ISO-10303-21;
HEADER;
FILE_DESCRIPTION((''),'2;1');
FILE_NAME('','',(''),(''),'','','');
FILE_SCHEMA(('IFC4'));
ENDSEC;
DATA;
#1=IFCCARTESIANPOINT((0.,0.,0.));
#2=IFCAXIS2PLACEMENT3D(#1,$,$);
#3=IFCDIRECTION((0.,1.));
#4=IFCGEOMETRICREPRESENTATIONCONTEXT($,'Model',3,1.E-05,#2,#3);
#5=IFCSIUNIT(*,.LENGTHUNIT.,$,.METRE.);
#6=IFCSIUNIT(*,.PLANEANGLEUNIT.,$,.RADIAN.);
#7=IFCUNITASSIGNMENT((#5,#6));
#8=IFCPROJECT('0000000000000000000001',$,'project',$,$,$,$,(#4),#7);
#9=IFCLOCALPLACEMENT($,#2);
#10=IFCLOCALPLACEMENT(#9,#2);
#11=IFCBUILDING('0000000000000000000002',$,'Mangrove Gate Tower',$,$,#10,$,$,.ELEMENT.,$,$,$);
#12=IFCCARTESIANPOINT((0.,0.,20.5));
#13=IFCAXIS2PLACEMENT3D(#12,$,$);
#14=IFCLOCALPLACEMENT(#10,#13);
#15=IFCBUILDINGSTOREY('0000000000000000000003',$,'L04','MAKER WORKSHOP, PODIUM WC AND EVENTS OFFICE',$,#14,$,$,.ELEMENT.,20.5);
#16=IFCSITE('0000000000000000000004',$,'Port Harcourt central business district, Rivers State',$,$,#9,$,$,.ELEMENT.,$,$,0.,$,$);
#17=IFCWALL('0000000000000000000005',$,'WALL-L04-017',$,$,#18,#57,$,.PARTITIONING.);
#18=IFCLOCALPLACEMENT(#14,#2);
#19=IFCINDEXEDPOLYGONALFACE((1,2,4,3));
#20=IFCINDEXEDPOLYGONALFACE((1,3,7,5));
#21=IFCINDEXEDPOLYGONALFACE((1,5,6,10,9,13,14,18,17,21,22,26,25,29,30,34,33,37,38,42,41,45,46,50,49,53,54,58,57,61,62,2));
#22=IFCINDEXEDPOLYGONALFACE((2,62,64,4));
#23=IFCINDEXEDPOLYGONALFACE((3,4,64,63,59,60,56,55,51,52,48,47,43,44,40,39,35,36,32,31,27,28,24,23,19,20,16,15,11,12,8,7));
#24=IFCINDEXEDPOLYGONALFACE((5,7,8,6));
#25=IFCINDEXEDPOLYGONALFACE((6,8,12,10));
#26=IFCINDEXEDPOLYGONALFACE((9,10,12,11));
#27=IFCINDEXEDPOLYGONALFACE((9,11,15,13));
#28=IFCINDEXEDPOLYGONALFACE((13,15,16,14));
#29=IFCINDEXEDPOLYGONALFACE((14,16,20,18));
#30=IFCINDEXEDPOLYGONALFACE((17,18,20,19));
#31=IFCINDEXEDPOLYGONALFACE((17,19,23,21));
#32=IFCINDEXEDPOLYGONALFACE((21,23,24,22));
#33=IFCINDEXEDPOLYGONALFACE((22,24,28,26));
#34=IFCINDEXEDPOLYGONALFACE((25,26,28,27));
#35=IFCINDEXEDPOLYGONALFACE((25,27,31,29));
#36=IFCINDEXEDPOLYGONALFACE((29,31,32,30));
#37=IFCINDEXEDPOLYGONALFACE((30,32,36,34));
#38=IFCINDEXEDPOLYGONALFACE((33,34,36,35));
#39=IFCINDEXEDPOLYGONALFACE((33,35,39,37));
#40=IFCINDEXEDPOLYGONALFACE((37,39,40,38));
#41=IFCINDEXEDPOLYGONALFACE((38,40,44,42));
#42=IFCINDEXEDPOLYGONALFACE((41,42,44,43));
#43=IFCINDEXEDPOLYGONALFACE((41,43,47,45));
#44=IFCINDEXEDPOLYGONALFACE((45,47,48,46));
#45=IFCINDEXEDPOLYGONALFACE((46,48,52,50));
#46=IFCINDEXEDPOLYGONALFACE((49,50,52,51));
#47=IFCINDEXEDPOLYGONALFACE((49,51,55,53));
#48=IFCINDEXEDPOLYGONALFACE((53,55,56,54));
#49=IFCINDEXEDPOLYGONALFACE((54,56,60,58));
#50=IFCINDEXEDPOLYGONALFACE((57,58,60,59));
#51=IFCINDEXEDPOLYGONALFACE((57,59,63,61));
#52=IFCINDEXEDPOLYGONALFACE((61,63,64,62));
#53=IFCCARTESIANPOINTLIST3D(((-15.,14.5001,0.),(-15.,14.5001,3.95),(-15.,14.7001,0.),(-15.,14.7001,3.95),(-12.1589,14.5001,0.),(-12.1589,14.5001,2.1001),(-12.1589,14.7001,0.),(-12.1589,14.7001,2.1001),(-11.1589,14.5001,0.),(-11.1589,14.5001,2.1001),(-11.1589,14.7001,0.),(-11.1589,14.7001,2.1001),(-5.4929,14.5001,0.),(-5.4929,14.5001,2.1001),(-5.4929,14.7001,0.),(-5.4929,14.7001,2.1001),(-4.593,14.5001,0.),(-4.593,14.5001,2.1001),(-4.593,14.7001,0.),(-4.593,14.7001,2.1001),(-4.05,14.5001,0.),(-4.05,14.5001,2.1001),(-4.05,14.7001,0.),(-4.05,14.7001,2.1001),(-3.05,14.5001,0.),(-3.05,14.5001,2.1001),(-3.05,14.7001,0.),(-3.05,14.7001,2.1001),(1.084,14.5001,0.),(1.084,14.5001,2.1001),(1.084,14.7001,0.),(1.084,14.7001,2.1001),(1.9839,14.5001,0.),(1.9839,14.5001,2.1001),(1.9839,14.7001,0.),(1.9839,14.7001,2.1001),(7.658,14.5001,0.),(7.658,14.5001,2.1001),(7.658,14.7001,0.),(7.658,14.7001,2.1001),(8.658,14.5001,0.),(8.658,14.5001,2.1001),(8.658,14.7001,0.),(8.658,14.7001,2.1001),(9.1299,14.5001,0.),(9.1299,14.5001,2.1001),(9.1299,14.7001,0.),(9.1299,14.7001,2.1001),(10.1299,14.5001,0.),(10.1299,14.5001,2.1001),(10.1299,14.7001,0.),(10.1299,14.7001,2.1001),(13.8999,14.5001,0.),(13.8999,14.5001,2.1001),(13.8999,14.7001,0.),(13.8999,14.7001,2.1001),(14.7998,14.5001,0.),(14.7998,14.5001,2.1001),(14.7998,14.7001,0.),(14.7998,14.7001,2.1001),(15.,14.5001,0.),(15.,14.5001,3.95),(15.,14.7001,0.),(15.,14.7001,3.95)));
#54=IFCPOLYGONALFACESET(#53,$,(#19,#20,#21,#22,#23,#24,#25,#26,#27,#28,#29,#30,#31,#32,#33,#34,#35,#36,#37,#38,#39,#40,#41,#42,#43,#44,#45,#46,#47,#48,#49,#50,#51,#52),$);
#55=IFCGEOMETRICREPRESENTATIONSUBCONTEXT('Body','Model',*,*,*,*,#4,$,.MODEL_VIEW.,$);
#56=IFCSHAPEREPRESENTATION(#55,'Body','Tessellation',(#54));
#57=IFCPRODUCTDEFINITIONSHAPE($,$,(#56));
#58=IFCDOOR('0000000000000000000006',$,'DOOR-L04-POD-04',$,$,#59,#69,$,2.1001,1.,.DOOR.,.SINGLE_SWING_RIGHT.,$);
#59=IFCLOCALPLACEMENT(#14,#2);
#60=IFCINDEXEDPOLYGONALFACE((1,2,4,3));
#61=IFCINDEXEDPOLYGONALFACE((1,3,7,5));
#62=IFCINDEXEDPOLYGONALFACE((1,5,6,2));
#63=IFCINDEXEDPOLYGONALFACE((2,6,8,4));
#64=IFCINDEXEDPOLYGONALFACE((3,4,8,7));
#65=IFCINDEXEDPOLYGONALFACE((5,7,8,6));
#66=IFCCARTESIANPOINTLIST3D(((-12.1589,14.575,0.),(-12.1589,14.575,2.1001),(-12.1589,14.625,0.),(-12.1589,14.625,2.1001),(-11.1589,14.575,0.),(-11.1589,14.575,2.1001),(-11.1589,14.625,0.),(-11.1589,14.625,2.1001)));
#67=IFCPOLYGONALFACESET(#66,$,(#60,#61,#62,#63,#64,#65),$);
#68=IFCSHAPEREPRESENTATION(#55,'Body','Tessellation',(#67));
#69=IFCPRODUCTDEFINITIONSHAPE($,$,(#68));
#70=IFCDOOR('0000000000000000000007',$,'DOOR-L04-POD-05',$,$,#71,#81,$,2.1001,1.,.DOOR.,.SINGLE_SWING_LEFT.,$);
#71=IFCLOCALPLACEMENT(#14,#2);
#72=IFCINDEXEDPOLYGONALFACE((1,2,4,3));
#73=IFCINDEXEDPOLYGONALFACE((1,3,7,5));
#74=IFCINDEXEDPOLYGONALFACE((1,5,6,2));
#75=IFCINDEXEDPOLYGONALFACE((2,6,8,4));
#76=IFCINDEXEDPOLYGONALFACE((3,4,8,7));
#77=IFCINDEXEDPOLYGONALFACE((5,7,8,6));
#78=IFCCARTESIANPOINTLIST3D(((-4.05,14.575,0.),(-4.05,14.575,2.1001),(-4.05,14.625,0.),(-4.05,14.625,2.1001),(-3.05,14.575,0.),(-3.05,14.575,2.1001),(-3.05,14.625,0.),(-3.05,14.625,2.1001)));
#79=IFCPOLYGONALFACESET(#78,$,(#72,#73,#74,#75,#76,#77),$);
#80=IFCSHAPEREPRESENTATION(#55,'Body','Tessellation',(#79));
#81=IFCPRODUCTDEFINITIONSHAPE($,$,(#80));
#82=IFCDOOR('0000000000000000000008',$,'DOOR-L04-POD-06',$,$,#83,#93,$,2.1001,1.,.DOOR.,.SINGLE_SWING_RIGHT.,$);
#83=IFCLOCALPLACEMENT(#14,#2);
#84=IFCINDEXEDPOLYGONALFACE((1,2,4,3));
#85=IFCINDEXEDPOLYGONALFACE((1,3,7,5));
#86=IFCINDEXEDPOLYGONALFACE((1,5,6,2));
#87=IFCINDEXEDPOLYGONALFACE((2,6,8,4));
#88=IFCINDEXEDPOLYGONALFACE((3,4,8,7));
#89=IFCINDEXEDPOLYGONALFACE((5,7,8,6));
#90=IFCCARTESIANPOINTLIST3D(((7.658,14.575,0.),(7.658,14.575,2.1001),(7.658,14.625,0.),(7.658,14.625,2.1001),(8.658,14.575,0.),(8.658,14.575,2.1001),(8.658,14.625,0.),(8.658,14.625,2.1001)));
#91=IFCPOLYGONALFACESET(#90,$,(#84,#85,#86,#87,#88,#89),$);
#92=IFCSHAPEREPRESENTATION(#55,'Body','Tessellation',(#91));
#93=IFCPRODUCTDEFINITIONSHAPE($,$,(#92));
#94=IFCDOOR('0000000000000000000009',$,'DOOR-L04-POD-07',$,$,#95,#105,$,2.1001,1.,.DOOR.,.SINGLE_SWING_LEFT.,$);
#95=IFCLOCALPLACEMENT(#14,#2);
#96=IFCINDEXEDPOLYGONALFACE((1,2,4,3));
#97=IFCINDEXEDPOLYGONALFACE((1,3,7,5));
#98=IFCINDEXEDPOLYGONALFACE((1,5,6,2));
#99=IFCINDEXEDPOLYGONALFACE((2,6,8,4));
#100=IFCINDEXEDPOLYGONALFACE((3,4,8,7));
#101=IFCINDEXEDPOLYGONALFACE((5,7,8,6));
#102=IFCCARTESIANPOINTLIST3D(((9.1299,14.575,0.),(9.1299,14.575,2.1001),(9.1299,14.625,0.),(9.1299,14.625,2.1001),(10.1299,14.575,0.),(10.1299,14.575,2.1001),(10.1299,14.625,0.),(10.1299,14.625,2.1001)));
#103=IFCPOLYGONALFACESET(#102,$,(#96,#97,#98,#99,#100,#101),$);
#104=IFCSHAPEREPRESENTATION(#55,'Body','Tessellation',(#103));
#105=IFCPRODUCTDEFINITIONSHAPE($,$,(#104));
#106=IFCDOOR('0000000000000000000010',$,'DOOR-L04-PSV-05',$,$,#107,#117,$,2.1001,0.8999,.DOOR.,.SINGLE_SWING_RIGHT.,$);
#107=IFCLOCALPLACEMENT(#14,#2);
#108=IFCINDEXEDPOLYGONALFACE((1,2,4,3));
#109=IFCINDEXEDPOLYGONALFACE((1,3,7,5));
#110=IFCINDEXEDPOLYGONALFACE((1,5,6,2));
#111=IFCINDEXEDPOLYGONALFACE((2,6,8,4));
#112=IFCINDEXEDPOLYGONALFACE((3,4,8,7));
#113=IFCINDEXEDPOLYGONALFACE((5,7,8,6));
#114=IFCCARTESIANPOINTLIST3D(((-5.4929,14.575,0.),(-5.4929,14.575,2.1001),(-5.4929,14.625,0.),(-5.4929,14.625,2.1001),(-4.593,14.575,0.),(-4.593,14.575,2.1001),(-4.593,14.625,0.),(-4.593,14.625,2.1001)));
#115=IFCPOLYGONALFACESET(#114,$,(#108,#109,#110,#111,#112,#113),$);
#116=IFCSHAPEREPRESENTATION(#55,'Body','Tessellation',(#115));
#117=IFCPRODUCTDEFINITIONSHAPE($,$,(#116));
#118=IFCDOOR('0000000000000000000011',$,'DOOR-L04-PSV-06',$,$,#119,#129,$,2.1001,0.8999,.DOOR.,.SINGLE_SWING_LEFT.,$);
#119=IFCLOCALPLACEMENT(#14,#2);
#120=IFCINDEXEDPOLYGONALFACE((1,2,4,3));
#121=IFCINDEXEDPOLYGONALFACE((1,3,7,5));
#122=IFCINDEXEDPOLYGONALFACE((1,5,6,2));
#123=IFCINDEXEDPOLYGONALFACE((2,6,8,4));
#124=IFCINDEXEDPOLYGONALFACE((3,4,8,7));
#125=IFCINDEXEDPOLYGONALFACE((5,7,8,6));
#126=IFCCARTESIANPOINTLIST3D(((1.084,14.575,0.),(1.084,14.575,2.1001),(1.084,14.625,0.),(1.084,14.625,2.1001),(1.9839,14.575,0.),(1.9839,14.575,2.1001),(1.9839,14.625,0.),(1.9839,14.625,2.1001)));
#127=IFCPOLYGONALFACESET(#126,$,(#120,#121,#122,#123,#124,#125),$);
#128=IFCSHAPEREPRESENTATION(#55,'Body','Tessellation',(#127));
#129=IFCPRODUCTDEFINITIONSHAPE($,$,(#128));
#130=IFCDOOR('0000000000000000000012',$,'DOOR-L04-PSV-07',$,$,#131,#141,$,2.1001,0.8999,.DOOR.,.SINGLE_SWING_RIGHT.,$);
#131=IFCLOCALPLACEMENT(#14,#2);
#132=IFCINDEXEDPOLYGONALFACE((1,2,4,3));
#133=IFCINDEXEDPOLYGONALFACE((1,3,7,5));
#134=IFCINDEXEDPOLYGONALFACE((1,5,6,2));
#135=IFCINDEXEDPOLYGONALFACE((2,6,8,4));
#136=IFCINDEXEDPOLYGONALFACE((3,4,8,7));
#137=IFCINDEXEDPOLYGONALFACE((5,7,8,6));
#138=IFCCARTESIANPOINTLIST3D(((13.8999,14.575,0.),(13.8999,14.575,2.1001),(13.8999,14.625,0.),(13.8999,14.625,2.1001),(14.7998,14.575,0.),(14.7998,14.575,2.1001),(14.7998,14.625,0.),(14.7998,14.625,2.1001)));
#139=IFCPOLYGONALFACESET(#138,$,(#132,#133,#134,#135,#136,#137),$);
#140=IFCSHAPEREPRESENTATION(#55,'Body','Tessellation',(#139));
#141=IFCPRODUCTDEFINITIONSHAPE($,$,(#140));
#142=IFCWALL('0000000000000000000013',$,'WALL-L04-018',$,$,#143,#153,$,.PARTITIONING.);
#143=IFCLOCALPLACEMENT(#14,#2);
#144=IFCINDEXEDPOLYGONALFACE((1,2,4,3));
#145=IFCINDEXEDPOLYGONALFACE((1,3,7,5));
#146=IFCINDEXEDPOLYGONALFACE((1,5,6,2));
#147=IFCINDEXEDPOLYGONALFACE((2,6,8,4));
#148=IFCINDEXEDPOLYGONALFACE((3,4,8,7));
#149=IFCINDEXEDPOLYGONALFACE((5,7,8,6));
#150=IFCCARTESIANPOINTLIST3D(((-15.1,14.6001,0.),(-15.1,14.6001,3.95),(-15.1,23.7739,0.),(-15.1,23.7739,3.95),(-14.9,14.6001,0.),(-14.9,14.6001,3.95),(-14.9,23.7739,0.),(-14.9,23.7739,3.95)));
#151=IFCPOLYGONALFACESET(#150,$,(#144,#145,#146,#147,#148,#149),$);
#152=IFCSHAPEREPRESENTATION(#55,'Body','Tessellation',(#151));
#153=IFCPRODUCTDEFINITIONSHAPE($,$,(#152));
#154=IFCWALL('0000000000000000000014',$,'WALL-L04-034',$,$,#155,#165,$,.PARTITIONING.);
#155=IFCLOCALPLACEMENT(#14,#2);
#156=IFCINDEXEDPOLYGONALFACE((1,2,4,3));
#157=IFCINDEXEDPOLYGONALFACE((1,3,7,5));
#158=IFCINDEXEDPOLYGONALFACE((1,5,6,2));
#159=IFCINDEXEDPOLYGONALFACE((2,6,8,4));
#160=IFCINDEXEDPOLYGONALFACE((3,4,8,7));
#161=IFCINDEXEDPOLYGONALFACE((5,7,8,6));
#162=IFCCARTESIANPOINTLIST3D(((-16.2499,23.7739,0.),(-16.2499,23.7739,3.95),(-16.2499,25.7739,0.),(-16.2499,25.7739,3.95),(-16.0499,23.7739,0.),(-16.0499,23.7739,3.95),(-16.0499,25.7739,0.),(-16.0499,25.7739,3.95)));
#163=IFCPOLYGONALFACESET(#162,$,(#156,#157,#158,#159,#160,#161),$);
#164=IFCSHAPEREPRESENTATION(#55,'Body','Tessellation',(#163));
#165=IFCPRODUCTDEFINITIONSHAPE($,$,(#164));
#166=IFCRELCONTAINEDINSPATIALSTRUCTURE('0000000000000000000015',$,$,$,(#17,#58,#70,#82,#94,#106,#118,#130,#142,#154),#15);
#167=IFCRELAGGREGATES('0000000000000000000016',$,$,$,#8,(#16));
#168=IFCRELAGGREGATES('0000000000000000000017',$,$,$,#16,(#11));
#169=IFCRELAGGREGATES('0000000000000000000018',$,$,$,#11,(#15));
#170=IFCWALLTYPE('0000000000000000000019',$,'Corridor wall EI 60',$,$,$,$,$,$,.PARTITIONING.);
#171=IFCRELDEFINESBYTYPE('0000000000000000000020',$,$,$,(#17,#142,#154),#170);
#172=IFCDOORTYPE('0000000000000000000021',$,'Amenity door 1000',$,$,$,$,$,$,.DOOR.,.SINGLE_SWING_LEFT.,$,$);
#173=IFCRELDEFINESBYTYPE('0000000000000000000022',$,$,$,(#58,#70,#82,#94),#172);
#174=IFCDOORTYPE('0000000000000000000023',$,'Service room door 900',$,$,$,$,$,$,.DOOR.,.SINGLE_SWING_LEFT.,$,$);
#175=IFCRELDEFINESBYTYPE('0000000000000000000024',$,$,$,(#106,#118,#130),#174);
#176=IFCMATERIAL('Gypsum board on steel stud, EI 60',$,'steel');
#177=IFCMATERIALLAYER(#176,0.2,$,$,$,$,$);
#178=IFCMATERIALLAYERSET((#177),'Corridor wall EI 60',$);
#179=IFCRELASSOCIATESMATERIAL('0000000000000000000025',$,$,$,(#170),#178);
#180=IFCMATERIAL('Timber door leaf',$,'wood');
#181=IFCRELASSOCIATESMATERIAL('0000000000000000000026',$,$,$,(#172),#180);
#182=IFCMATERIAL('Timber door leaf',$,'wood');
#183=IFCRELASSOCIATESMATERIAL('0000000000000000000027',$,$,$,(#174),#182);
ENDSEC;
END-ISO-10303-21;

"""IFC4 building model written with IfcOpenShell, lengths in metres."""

from ifc_helpers import new_model, si_unit, direction, frame, frame_2d, origin, place, context, subcontext, project, spatial, rectangle, extrude, material, layer, layer_set, type_object, element, fill, save


model = new_model("IFC4")

# Units and contexts
model_context = context("Model", 3, precision=1e-05, world=origin(), true_north=direction((0.0, 1.0)))
body_context = subcontext(model_context, "Body", "Model", "MODEL_VIEW")
ifc_project = project(units=[si_unit("LENGTHUNIT", "METRE"), si_unit("PLANEANGLEUNIT", "RADIAN")], contexts=[model_context])

# Site, building, storey
site_placement = place(None, origin())
site = spatial("IfcSite", under=ifc_project, at=site_placement, Name="Port Harcourt central business district, Rivers State", CompositionType="ELEMENT", RefElevation=0.0)
building_placement = place(site_placement, origin())
building = spatial("IfcBuilding", under=site, at=building_placement, Name="Mangrove Gate Tower", CompositionType="ELEMENT")
storey_placement = place(building_placement, frame((0.0, 0.0, 20.5)))
storey = spatial("IfcBuildingStorey", under=building, at=storey_placement, Name="L04", Description="MAKER WORKSHOP, PODIUM WC AND EVENTS OFFICE", CompositionType="ELEMENT", Elevation=20.5)

# Wall, openings, doors
ifc_material_1 = material(Name="Gypsum board on steel stud, EI 60", Category="steel")
ifc_layer_1 = layer(ifc_material_1, 0.2)
ifc_layer_set_1 = layer_set([ifc_layer_1], Name="Corridor wall EI 60")
wall_type_1 = type_object("IfcWallType", Name="Corridor wall EI 60", PredefinedType="PARTITIONING", material=ifc_layer_set_1)
wall_1_placement = place(storey_placement, frame((-15.0, 14.6001, 0.0), z_axis=(0.0, 0.0, 1.0), x_axis=(1.0, 0.0, 0.0)))
wall_1 = element("IfcWall", 1, at=wall_1_placement, inside=storey, type_object=wall_type_1, Name="WALL-L04-017", PredefinedType="PARTITIONING", context=body_context, shape_type="SweptSolid", body=[
    extrude(rectangle(XDim=30.0, YDim=0.2, at=frame_2d((15.0, 0.0))), origin(), (0.0, 0.0, 1.0), 3.95),
])
opening_1_placement = place(wall_1_placement, frame((2.8411, 0.0, 0.0)))
opening_1 = element("IfcOpeningElement", 2, at=opening_1_placement, cuts=wall_1, PredefinedType="OPENING", context=body_context, shape_type="SweptSolid", body=[
    extrude(rectangle(XDim=1.0, YDim=2.1001, at=frame_2d((0.5, 1.05))), frame((0.0, 0.1099, 0.0), z_axis=(0.0, -1.0, 0.0), x_axis=(1.0, 0.0, 0.0)), (0.0, 0.0, 1.0), 0.22),
])
opening_2_placement = place(wall_1_placement, frame((10.95, 0.0, 0.0)))
opening_2 = element("IfcOpeningElement", 3, at=opening_2_placement, cuts=wall_1, PredefinedType="OPENING", context=body_context, shape_type="SweptSolid", body=[
    extrude(rectangle(XDim=1.0, YDim=2.1001, at=frame_2d((0.5, 1.05))), frame((0.0, 0.1099, 0.0), z_axis=(0.0, -1.0, 0.0), x_axis=(1.0, 0.0, 0.0)), (0.0, 0.0, 1.0), 0.22),
])
opening_3_placement = place(wall_1_placement, frame((9.5071, 0.0, 0.0)))
opening_3 = element("IfcOpeningElement", 4, at=opening_3_placement, cuts=wall_1, PredefinedType="OPENING", context=body_context, shape_type="SweptSolid", body=[
    extrude(rectangle(XDim=0.8999, YDim=2.1001, at=frame_2d((0.45, 1.05))), frame((0.0, 0.1099, 0.0), z_axis=(0.0, -1.0, 0.0), x_axis=(1.0, 0.0, 0.0)), (0.0, 0.0, 1.0), 0.22),
])
opening_4_placement = place(wall_1_placement, frame((22.658, 0.0, 0.0)))
opening_4 = element("IfcOpeningElement", 5, at=opening_4_placement, cuts=wall_1, PredefinedType="OPENING", context=body_context, shape_type="SweptSolid", body=[
    extrude(rectangle(XDim=1.0, YDim=2.1001, at=frame_2d((0.5, 1.05))), frame((0.0, 0.1099, 0.0), z_axis=(0.0, -1.0, 0.0), x_axis=(1.0, 0.0, 0.0)), (0.0, 0.0, 1.0), 0.22),
])
opening_5_placement = place(wall_1_placement, frame((16.084, 0.0, 0.0)))
opening_5 = element("IfcOpeningElement", 6, at=opening_5_placement, cuts=wall_1, PredefinedType="OPENING", context=body_context, shape_type="SweptSolid", body=[
    extrude(rectangle(XDim=0.8999, YDim=2.1001, at=frame_2d((0.45, 1.05))), frame((0.0, 0.1099, 0.0), z_axis=(0.0, -1.0, 0.0), x_axis=(1.0, 0.0, 0.0)), (0.0, 0.0, 1.0), 0.22),
])
opening_6_placement = place(wall_1_placement, frame((24.1299, 0.0, 0.0)))
opening_6 = element("IfcOpeningElement", 7, at=opening_6_placement, cuts=wall_1, PredefinedType="OPENING", context=body_context, shape_type="SweptSolid", body=[
    extrude(rectangle(XDim=1.0, YDim=2.1001, at=frame_2d((0.5, 1.05))), frame((0.0, 0.1099, 0.0), z_axis=(0.0, -1.0, 0.0), x_axis=(1.0, 0.0, 0.0)), (0.0, 0.0, 1.0), 0.22),
])
opening_7_placement = place(wall_1_placement, frame((28.8999, 0.0, 0.0)))
opening_7 = element("IfcOpeningElement", 8, at=opening_7_placement, cuts=wall_1, PredefinedType="OPENING", context=body_context, shape_type="SweptSolid", body=[
    extrude(rectangle(XDim=0.8999, YDim=2.1001, at=frame_2d((0.45, 1.05))), frame((0.0, 0.1099, 0.0), z_axis=(0.0, -1.0, 0.0), x_axis=(1.0, 0.0, 0.0)), (0.0, 0.0, 1.0), 0.22),
])
ifc_material_2 = material(Name="Timber door leaf", Category="wood")
door_type_1 = type_object("IfcDoorType", Name="Amenity door 1000", OperationType="SINGLE_SWING_LEFT", PredefinedType="DOOR", material=ifc_material_2)
door_1_placement = place(opening_1_placement, origin())
door_1 = element("IfcDoor", 9, at=door_1_placement, inside=storey, type_object=door_type_1, Name="DOOR-L04-POD-04", OperationType="SINGLE_SWING_RIGHT", OverallHeight=2.1001, OverallWidth=1.0, PredefinedType="DOOR", context=body_context, shape_type="SweptSolid", body=[
    extrude(rectangle(XDim=1.0, YDim=2.1001, at=frame_2d((0.5, 1.05))), frame((0.0, 0.0249, 0.0), z_axis=(0.0, -1.0, 0.0), x_axis=(1.0, 0.0, 0.0)), (0.0, 0.0, 1.0), 0.05),
])
fill(opening_1, door_1)
door_2_placement = place(opening_2_placement, origin())
door_2 = element("IfcDoor", 10, at=door_2_placement, inside=storey, type_object=door_type_1, Name="DOOR-L04-POD-05", OperationType="SINGLE_SWING_LEFT", OverallHeight=2.1001, OverallWidth=1.0, PredefinedType="DOOR", context=body_context, shape_type="SweptSolid", body=[
    extrude(rectangle(XDim=1.0, YDim=2.1001, at=frame_2d((0.5, 1.05))), frame((0.0, 0.0249, 0.0), z_axis=(0.0, -1.0, 0.0), x_axis=(1.0, 0.0, 0.0)), (0.0, 0.0, 1.0), 0.05),
])
fill(opening_2, door_2)
door_3_placement = place(opening_4_placement, origin())
door_3 = element("IfcDoor", 11, at=door_3_placement, inside=storey, type_object=door_type_1, Name="DOOR-L04-POD-06", OperationType="SINGLE_SWING_RIGHT", OverallHeight=2.1001, OverallWidth=1.0, PredefinedType="DOOR", context=body_context, shape_type="SweptSolid", body=[
    extrude(rectangle(XDim=1.0, YDim=2.1001, at=frame_2d((0.5, 1.05))), frame((0.0, 0.0249, 0.0), z_axis=(0.0, -1.0, 0.0), x_axis=(1.0, 0.0, 0.0)), (0.0, 0.0, 1.0), 0.05),
])
fill(opening_4, door_3)
door_4_placement = place(opening_6_placement, origin())
door_4 = element("IfcDoor", 12, at=door_4_placement, inside=storey, type_object=door_type_1, Name="DOOR-L04-POD-07", OperationType="SINGLE_SWING_LEFT", OverallHeight=2.1001, OverallWidth=1.0, PredefinedType="DOOR", context=body_context, shape_type="SweptSolid", body=[
    extrude(rectangle(XDim=1.0, YDim=2.1001, at=frame_2d((0.5, 1.05))), frame((0.0, 0.0249, 0.0), z_axis=(0.0, -1.0, 0.0), x_axis=(1.0, 0.0, 0.0)), (0.0, 0.0, 1.0), 0.05),
])
fill(opening_6, door_4)
ifc_material_3 = material(Name="Timber door leaf", Category="wood")
door_type_2 = type_object("IfcDoorType", Name="Service room door 900", OperationType="SINGLE_SWING_LEFT", PredefinedType="DOOR", material=ifc_material_3)
door_5_placement = place(opening_3_placement, origin())
door_5 = element("IfcDoor", 13, at=door_5_placement, inside=storey, type_object=door_type_2, Name="DOOR-L04-PSV-05", OperationType="SINGLE_SWING_RIGHT", OverallHeight=2.1001, OverallWidth=0.8999, PredefinedType="DOOR", context=body_context, shape_type="SweptSolid", body=[
    extrude(rectangle(XDim=0.8999, YDim=2.1001, at=frame_2d((0.45, 1.05))), frame((0.0, 0.0249, 0.0), z_axis=(0.0, -1.0, 0.0), x_axis=(1.0, 0.0, 0.0)), (0.0, 0.0, 1.0), 0.05),
])
fill(opening_3, door_5)
door_6_placement = place(opening_5_placement, origin())
door_6 = element("IfcDoor", 14, at=door_6_placement, inside=storey, type_object=door_type_2, Name="DOOR-L04-PSV-06", OperationType="SINGLE_SWING_LEFT", OverallHeight=2.1001, OverallWidth=0.8999, PredefinedType="DOOR", context=body_context, shape_type="SweptSolid", body=[
    extrude(rectangle(XDim=0.8999, YDim=2.1001, at=frame_2d((0.45, 1.05))), frame((0.0, 0.0249, 0.0), z_axis=(0.0, -1.0, 0.0), x_axis=(1.0, 0.0, 0.0)), (0.0, 0.0, 1.0), 0.05),
])
fill(opening_5, door_6)
door_7_placement = place(opening_7_placement, origin())
door_7 = element("IfcDoor", 15, at=door_7_placement, inside=storey, type_object=door_type_2, Name="DOOR-L04-PSV-07", OperationType="SINGLE_SWING_RIGHT", OverallHeight=2.1001, OverallWidth=0.8999, PredefinedType="DOOR", context=body_context, shape_type="SweptSolid", body=[
    extrude(rectangle(XDim=0.8999, YDim=2.1001, at=frame_2d((0.45, 1.05))), frame((0.0, 0.0249, 0.0), z_axis=(0.0, -1.0, 0.0), x_axis=(1.0, 0.0, 0.0)), (0.0, 0.0, 1.0), 0.05),
])
fill(opening_7, door_7)

# Walls
wall_2_placement = place(storey_placement, frame((-15.0, 14.6001, 0.0), z_axis=(0.0, 0.0, 1.0), x_axis=(0.0, 1.0, 0.0)))
element("IfcWall", 16, at=wall_2_placement, inside=storey, type_object=wall_type_1, Name="WALL-L04-018", PredefinedType="PARTITIONING", context=body_context, shape_type="SweptSolid", body=[
    extrude(rectangle(XDim=9.1738, YDim=0.2, at=frame_2d((4.5869, 0.0))), origin(), (0.0, 0.0, 1.0), 3.95),
])
wall_3_placement = place(storey_placement, frame((-16.1499, 23.7739, 0.0), z_axis=(0.0, 0.0, 1.0), x_axis=(0.0, 1.0, 0.0)))
element("IfcWall", 17, at=wall_3_placement, inside=storey, type_object=wall_type_1, Name="WALL-L04-034", PredefinedType="PARTITIONING", context=body_context, shape_type="SweptSolid", body=[
    extrude(rectangle(XDim=2.0, YDim=0.2, at=frame_2d((1.0, 0.0))), origin(), (0.0, 0.0, 1.0), 3.95),
])

save(model, "model.ifc")
